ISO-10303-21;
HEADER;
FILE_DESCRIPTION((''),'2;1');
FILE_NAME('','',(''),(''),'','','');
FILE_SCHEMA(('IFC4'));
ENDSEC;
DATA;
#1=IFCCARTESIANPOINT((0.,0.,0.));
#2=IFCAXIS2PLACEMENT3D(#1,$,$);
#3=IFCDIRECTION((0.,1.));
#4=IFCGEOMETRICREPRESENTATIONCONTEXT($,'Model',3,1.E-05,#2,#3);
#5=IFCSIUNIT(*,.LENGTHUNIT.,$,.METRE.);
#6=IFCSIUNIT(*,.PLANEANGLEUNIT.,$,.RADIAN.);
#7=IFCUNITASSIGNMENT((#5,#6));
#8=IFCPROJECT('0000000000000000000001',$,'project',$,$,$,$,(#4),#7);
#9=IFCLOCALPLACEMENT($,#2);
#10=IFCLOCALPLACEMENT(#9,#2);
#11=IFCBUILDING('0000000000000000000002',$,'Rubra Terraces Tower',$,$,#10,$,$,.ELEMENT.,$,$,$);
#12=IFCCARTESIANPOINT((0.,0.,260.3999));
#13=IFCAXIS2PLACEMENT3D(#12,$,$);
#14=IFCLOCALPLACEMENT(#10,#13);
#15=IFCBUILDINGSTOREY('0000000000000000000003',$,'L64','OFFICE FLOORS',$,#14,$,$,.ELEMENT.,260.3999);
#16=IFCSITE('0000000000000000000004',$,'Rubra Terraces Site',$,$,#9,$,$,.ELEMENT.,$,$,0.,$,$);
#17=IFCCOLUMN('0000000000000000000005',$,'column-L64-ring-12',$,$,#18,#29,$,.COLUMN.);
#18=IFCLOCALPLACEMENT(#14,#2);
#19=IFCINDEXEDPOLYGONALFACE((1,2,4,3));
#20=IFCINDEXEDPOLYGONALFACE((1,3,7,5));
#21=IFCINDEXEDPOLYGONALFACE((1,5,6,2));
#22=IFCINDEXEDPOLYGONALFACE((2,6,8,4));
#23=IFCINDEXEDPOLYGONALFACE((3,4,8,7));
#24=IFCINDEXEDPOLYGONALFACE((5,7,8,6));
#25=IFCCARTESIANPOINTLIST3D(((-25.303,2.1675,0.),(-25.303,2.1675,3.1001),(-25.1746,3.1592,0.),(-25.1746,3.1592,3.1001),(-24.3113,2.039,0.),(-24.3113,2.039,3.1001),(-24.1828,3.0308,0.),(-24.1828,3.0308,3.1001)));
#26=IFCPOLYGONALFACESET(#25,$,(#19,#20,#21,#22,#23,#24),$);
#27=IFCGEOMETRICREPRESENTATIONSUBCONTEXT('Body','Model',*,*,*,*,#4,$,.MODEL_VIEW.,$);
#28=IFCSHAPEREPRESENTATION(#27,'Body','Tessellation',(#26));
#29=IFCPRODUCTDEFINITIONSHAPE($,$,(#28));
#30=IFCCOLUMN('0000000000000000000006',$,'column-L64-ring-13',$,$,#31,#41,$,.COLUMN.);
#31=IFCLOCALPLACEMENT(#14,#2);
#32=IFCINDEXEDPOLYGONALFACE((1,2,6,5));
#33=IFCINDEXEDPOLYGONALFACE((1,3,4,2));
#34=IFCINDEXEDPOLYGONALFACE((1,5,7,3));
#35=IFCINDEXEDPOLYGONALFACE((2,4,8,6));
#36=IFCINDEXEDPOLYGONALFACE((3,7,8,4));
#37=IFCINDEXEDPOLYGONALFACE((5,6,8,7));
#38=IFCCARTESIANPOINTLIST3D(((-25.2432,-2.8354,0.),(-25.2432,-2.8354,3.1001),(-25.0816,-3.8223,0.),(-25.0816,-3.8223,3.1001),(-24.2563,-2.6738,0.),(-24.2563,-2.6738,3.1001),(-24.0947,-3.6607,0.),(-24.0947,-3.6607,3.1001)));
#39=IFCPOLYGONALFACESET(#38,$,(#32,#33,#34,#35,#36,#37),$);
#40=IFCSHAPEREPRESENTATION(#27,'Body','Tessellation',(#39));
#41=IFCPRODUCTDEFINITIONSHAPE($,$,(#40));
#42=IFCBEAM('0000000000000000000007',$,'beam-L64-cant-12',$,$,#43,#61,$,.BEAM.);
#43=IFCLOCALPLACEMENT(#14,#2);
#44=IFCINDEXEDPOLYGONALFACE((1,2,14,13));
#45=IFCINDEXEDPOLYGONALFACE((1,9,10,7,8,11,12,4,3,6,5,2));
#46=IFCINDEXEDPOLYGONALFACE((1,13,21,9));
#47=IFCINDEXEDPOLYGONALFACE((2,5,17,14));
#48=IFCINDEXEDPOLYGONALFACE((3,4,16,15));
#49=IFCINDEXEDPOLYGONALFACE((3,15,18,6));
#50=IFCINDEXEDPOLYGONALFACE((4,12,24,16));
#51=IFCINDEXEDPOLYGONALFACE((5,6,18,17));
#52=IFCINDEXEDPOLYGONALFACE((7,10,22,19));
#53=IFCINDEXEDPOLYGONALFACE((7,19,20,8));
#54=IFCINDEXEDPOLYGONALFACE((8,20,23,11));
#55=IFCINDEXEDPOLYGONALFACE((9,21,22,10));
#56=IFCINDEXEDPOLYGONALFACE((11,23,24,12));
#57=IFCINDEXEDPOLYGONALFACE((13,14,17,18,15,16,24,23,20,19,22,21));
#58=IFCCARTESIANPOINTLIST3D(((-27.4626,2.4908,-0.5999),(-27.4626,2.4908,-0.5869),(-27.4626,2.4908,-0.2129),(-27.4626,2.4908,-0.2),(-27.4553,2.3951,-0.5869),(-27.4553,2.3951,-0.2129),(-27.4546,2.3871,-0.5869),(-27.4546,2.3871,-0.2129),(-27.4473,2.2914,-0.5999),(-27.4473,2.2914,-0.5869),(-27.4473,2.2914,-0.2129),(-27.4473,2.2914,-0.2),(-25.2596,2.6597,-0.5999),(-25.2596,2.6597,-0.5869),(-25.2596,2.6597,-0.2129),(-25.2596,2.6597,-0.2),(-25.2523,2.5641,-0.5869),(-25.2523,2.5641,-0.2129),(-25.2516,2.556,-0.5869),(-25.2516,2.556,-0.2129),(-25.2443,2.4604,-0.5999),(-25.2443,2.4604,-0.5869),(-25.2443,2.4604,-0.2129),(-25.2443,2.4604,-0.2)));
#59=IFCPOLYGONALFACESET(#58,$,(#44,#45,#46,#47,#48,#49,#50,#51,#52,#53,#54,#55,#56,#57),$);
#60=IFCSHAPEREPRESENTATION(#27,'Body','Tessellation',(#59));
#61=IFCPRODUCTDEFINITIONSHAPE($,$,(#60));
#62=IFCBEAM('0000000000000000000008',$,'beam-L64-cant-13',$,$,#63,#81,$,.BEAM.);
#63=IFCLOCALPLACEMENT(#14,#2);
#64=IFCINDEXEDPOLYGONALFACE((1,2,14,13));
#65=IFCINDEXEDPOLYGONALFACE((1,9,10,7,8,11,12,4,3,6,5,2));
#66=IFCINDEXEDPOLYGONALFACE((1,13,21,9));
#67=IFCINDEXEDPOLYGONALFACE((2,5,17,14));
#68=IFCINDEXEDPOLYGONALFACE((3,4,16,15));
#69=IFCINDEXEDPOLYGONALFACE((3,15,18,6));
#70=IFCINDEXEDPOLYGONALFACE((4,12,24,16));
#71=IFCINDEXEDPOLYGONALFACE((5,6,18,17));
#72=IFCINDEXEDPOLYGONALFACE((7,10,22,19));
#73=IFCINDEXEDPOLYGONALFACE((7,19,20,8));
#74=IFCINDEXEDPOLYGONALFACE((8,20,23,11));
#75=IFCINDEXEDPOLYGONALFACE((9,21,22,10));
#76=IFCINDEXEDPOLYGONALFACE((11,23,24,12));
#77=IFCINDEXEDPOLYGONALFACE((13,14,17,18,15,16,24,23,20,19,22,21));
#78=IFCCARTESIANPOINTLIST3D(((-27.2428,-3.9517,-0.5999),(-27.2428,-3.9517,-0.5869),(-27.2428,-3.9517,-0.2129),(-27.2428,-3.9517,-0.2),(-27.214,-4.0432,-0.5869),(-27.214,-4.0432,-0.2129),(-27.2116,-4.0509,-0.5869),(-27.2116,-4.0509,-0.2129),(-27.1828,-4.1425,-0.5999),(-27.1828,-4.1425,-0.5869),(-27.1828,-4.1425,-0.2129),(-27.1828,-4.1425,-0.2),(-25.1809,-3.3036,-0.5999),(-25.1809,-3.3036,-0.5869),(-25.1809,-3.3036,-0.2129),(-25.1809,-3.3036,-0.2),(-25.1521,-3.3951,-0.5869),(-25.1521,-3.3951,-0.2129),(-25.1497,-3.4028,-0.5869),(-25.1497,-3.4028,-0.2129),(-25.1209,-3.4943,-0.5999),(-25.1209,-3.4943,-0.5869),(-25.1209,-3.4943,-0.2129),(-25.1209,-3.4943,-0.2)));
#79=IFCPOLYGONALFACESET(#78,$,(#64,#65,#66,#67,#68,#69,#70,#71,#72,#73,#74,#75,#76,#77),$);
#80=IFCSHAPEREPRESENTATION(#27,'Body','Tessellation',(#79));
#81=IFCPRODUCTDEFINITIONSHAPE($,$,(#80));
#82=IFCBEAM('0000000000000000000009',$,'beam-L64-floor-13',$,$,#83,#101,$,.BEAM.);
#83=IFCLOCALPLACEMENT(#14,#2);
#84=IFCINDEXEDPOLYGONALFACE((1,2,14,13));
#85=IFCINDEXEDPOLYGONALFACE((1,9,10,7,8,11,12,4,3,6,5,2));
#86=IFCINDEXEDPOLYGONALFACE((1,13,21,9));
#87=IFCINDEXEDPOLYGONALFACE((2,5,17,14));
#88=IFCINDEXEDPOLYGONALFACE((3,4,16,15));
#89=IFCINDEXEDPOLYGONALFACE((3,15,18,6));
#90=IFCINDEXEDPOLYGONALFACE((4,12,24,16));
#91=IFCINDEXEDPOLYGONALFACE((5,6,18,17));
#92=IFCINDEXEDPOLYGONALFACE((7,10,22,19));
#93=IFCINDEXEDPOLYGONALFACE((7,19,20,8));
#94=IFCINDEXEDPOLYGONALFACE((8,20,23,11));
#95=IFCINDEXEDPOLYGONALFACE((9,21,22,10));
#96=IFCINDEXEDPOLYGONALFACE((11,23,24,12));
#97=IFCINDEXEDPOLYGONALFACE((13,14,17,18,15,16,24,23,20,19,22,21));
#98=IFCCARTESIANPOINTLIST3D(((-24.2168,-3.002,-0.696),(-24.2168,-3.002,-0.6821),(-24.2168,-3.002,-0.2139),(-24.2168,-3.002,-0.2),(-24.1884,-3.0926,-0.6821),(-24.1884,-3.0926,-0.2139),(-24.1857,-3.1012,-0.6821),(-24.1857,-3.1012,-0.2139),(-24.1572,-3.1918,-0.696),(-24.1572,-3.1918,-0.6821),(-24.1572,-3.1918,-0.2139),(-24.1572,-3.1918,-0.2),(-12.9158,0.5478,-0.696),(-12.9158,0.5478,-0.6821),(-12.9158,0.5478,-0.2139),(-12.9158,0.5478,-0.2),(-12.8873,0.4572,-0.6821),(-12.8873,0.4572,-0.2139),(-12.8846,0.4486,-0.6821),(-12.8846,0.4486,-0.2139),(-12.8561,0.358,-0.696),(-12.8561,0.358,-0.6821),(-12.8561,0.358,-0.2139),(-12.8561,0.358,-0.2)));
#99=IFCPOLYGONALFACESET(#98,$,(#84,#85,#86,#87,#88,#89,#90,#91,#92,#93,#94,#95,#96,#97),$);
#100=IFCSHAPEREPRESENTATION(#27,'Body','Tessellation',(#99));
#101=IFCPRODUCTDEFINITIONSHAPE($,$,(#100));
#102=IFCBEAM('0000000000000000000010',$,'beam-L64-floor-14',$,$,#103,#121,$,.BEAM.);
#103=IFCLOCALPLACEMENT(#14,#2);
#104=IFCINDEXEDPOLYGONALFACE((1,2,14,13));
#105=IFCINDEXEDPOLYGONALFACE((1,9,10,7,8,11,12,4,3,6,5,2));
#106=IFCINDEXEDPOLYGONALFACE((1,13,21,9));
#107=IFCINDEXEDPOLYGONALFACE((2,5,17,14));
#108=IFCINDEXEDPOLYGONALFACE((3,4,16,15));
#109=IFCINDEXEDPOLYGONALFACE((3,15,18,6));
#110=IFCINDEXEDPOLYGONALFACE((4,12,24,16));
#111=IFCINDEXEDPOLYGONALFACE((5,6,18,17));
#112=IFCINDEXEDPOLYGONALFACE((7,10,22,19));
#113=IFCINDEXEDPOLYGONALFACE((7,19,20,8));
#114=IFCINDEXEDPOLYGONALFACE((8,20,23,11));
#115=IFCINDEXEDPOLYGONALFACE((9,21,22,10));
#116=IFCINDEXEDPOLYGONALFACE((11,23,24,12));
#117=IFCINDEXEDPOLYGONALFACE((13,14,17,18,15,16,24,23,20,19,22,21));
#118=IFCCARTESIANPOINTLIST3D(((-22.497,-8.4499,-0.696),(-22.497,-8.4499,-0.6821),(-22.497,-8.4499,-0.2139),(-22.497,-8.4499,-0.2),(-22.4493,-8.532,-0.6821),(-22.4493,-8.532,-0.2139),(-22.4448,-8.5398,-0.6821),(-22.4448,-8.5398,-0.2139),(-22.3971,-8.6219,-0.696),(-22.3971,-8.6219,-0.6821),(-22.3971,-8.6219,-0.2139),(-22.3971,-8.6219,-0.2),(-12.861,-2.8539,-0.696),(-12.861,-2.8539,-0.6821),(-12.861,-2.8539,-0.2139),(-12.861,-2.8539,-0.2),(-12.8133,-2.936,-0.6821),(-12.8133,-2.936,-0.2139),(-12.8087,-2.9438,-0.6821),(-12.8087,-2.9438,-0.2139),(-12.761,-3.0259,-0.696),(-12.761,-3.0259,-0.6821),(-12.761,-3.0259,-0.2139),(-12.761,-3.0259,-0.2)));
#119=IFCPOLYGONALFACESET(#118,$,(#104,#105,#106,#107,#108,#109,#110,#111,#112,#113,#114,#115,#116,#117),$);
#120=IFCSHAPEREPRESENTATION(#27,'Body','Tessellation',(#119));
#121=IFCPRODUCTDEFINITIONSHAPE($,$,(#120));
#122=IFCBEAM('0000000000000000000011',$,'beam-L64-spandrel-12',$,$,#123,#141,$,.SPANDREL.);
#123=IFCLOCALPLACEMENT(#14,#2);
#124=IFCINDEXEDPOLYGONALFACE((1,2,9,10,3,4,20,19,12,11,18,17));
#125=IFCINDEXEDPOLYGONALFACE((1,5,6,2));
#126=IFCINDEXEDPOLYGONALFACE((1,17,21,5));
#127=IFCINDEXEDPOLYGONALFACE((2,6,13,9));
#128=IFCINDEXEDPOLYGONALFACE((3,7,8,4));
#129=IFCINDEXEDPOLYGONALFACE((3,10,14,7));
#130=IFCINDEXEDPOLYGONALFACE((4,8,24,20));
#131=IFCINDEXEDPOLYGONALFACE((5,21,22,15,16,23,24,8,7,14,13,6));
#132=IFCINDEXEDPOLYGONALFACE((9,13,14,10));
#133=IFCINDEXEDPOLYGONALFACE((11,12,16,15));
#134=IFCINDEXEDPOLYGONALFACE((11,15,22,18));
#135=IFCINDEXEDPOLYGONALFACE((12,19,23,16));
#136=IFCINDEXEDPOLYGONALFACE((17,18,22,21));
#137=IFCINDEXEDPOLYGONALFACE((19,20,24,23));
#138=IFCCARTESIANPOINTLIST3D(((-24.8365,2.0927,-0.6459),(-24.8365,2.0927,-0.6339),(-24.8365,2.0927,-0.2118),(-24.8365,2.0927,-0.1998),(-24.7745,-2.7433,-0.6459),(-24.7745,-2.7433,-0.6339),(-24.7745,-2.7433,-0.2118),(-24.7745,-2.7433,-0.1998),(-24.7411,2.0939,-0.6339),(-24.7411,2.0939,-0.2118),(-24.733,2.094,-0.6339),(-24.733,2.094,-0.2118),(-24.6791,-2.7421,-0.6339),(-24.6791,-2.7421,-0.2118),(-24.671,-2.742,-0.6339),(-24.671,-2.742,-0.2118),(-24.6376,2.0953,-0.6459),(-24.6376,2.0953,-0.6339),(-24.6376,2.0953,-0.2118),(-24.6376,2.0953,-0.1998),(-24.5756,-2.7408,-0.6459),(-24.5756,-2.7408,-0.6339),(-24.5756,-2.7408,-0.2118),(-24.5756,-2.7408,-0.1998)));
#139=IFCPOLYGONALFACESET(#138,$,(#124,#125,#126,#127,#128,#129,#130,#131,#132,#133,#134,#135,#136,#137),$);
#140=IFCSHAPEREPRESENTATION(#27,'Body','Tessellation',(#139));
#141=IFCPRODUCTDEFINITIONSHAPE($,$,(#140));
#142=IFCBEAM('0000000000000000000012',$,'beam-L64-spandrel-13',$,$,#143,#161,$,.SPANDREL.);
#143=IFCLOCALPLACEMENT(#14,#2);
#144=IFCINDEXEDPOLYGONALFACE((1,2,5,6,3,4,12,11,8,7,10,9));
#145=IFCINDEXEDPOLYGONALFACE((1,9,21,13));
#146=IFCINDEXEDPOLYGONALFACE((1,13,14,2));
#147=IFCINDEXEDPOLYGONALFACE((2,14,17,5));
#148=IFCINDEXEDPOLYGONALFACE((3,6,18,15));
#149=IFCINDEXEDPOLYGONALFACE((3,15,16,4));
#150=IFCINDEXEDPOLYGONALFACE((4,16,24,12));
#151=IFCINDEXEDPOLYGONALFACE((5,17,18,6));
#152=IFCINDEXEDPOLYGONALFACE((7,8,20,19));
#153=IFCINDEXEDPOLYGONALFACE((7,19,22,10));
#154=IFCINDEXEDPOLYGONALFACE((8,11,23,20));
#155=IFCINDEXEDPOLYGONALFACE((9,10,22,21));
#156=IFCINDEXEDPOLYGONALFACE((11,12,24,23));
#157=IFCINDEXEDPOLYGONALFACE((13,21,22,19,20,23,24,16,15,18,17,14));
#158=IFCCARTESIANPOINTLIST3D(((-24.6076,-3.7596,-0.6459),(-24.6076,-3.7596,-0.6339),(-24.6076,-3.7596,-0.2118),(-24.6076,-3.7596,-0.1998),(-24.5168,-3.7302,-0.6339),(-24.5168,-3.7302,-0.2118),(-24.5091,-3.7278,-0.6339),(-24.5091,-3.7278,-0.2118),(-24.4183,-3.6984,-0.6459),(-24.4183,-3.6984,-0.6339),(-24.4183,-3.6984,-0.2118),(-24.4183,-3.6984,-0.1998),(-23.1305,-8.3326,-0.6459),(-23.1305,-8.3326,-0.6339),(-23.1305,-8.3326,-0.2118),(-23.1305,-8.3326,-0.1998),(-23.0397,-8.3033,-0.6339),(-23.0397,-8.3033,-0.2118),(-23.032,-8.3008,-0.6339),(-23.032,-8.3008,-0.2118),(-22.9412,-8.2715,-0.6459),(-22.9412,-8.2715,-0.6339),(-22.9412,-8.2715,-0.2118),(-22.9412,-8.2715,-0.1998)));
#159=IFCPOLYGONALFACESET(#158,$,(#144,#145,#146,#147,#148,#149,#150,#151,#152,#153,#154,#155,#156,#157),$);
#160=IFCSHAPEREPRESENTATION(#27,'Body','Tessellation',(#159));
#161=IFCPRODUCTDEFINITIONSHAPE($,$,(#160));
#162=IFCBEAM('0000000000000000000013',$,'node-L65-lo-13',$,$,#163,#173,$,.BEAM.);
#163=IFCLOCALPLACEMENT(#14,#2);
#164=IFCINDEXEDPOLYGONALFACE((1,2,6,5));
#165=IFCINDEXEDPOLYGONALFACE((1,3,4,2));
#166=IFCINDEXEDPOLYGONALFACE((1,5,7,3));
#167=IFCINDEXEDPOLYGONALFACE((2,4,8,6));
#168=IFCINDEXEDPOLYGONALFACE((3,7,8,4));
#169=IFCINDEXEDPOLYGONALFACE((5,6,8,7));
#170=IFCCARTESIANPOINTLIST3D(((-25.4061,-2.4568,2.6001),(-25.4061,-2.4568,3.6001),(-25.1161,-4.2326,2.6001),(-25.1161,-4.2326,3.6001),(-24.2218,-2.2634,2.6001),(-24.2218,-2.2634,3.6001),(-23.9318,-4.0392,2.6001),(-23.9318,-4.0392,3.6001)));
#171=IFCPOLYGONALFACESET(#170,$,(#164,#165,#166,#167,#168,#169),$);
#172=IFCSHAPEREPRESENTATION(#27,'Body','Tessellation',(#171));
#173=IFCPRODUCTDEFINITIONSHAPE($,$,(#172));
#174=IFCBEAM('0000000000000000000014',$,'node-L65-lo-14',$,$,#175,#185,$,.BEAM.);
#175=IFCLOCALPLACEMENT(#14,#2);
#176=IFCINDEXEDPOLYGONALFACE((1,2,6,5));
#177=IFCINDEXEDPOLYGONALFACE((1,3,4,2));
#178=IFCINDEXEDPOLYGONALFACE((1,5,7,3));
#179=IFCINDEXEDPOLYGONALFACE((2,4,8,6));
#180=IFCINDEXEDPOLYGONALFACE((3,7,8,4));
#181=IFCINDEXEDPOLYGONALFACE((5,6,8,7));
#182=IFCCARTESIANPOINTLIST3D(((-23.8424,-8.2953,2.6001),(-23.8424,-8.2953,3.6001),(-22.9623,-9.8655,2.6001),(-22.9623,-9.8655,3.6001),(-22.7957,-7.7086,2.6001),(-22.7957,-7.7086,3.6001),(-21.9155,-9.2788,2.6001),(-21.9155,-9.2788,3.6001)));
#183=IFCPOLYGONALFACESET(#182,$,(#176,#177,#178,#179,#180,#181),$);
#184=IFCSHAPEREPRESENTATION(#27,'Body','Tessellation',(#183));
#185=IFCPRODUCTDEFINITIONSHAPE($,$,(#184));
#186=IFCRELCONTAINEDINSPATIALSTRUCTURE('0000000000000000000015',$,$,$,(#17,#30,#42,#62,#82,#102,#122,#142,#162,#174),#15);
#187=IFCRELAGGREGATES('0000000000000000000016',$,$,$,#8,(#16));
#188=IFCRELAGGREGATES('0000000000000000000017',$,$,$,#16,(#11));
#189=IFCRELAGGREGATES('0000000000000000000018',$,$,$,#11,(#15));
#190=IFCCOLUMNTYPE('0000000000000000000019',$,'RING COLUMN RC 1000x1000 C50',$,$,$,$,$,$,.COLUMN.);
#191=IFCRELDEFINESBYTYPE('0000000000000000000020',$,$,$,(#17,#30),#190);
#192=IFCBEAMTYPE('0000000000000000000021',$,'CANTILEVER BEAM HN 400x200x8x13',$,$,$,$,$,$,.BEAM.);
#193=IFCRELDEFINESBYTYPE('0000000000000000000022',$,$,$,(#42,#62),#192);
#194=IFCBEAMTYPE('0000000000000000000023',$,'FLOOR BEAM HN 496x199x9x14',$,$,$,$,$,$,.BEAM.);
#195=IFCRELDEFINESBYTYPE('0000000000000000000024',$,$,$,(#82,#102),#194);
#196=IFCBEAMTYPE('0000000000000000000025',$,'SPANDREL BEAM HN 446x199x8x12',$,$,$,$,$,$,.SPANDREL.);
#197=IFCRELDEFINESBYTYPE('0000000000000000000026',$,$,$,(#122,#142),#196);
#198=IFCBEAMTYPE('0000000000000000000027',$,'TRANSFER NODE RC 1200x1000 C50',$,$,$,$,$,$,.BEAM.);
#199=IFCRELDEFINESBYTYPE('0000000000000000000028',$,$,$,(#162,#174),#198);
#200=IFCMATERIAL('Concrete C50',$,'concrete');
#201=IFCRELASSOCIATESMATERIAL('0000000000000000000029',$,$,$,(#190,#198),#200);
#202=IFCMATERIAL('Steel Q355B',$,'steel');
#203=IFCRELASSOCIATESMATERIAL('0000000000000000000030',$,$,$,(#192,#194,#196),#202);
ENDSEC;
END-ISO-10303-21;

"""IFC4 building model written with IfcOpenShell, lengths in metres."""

from ifc_helpers import new_model, si_unit, direction, frame, origin, origin_2d, place, context, subcontext, project, spatial, rectangle, i_section, extrude, material, material_profile, profile_set, type_object, element, save


model = new_model("IFC4")

# Units and contexts
model_context = context("Model", 3, precision=1e-05, world=origin(), true_north=direction((0.0, 1.0)))
body_context = subcontext(model_context, "Body", "Model", "MODEL_VIEW")
ifc_project = project(units=[si_unit("LENGTHUNIT", "METRE"), si_unit("PLANEANGLEUNIT", "RADIAN")], contexts=[model_context])

# Site, building, storey
site_placement = place(None, origin())
site = spatial("IfcSite", under=ifc_project, at=site_placement, Name="Rubra Terraces Site", CompositionType="ELEMENT", RefElevation=0.0)
building_placement = place(site_placement, origin())
building = spatial("IfcBuilding", under=site, at=building_placement, Name="Rubra Terraces Tower", CompositionType="ELEMENT")
storey_placement = place(building_placement, frame((0.0, 0.0, 260.3999)))
storey = spatial("IfcBuildingStorey", under=building, at=storey_placement, Name="L64", Description="OFFICE FLOORS", CompositionType="ELEMENT", Elevation=260.3999)

# Columns
ifc_material_1 = material(Name="Concrete C50", Category="concrete")
ifc_material_profile_1 = material_profile(ifc_material_1, rectangle(XDim=1.0, YDim=1.0, at=origin_2d()), Name="RC 1000x1000")
ifc_profile_set_1 = profile_set([ifc_material_profile_1], Name="Concrete C50")
column_type = type_object("IfcColumnType", Name="RING COLUMN RC 1000x1000 C50", PredefinedType="COLUMN", material=ifc_profile_set_1)
for number, where, z_axis, x_axis, name in (
    (1, (-24.7429, 2.5991, 0.0), (0.0, 0.0, 1.0), (-0.128444, -0.991717, 0.0), "column-L64-ring-12"),
    (2, (-24.6689, -3.248, 0.0), (0.0, 0.0, 1.0), (0.161559, -0.986863, 0.0), "column-L64-ring-13"),
):
    element("IfcColumn", number, at=place(storey_placement, frame(where, z_axis=z_axis, x_axis=x_axis)), inside=storey, type_object=column_type, Name=name, PredefinedType="COLUMN", context=body_context, shape_type="SweptSolid", body=[
        extrude(rectangle(XDim=1.0, YDim=1.0, at=origin_2d()), origin(), (0.0, 0.0, 1.0), 3.1001),
    ])

# Beams
ifc_material_2 = material(Name="Steel Q355B", Category="steel")
ifc_material_profile_2 = material_profile(ifc_material_2, i_section(OverallWidth=0.2, OverallDepth=0.3999, WebThickness=0.0081, FlangeThickness=0.0129, at=origin_2d()), Name="HN 400x200x8x13")
ifc_profile_set_2 = profile_set([ifc_material_profile_2], Name="Steel Q355B")
beam_type_1 = type_object("IfcBeamType", Name="CANTILEVER BEAM HN 400x200x8x13", PredefinedType="BEAM", material=ifc_profile_set_2)
beam_1_placement = place(storey_placement, frame((-25.252, 2.5601, -0.3999), z_axis=(-0.997073, -0.07646, 0.0), x_axis=(0.07646, -0.997073, 0.0)))
element("IfcBeam", 3, at=beam_1_placement, inside=storey, type_object=beam_type_1, Name="beam-L64-cant-12", PredefinedType="BEAM", context=body_context, shape_type="SweptSolid", body=[
    extrude(i_section(OverallWidth=0.2, OverallDepth=0.3999, WebThickness=0.0081, FlangeThickness=0.0129, at=origin_2d()), origin(), (0.0, 0.0, 1.0), 2.2095),
])
beam_2_placement = place(storey_placement, frame((-25.1509, -3.3989, -0.3999), z_axis=(-0.953976, -0.299882, 0.0), x_axis=(0.299882, -0.953976, 0.0)))
element("IfcBeam", 4, at=beam_2_placement, inside=storey, type_object=beam_type_1, Name="beam-L64-cant-13", PredefinedType="BEAM", context=body_context, shape_type="SweptSolid", body=[
    extrude(i_section(OverallWidth=0.2, OverallDepth=0.3999, WebThickness=0.0081, FlangeThickness=0.0129, at=origin_2d()), origin(), (0.0, 0.0, 1.0), 2.1614),
])
ifc_material_profile_3 = material_profile(ifc_material_2, i_section(OverallWidth=0.199, OverallDepth=0.4961, WebThickness=0.009, FlangeThickness=0.0139, at=origin_2d()), Name="HN 496x199x9x14")
ifc_profile_set_3 = profile_set([ifc_material_profile_3], Name="Steel Q355B")
beam_type_2 = type_object("IfcBeamType", Name="FLOOR BEAM HN 496x199x9x14", PredefinedType="BEAM", material=ifc_profile_set_3)
beam_3_placement = place(storey_placement, frame((-24.187, -3.0969, -0.448), z_axis=(0.954041, 0.299677, 0.0), x_axis=(-0.299677, 0.954041, 0.0)))
element("IfcBeam", 5, at=beam_3_placement, inside=storey, type_object=beam_type_2, Name="beam-L64-floor-13", PredefinedType="BEAM", context=body_context, shape_type="SweptSolid", body=[
    extrude(i_section(OverallWidth=0.199, OverallDepth=0.4961, WebThickness=0.009, FlangeThickness=0.0139, at=origin_2d()), origin(), (0.0, 0.0, 1.0), 11.8455),
])
beam_4_placement = place(storey_placement, frame((-22.447, -8.5359, -0.448), z_axis=(0.864755, 0.502193, 0.0), x_axis=(-0.502193, 0.864755, 0.0)))
element("IfcBeam", 6, at=beam_4_placement, inside=storey, type_object=beam_type_2, Name="beam-L64-floor-14", PredefinedType="BEAM", context=body_context, shape_type="SweptSolid", body=[
    extrude(i_section(OverallWidth=0.199, OverallDepth=0.4961, WebThickness=0.009, FlangeThickness=0.0139, at=origin_2d()), origin(), (0.0, 0.0, 1.0), 11.1431),
])
ifc_material_profile_4 = material_profile(ifc_material_2, i_section(OverallWidth=0.199, OverallDepth=0.446, WebThickness=0.0081, FlangeThickness=0.012, at=origin_2d()), Name="HN 446x199x8x12")
ifc_profile_set_4 = profile_set([ifc_material_profile_4], Name="Steel Q355B")
beam_type_3 = type_object("IfcBeamType", Name="SPANDREL BEAM HN 446x199x8x12", PredefinedType="SPANDREL", material=ifc_profile_set_4)
beam_5_placement = place(storey_placement, frame((-24.7371, 2.094, -0.4229), z_axis=(0.012822, -0.999918, 0.0), x_axis=(0.999918, 0.012822, 0.0)))
element("IfcBeam", 7, at=beam_5_placement, inside=storey, type_object=beam_type_3, Name="beam-L64-spandrel-12", PredefinedType="SPANDREL", context=body_context, shape_type="SweptSolid", body=[
    extrude(i_section(OverallWidth=0.199, OverallDepth=0.446, WebThickness=0.0081, FlangeThickness=0.012, at=origin_2d()), origin(), (0.0, 0.0, 1.0), 4.8364),
])
beam_6_placement = place(storey_placement, frame((-24.5129, -3.729, -0.4229), z_axis=(0.307359, -0.951594, 0.0), x_axis=(0.951594, 0.307359, 0.0)))
element("IfcBeam", 8, at=beam_6_placement, inside=storey, type_object=beam_type_3, Name="beam-L64-spandrel-13", PredefinedType="SPANDREL", context=body_context, shape_type="SweptSolid", body=[
    extrude(i_section(OverallWidth=0.199, OverallDepth=0.446, WebThickness=0.0081, FlangeThickness=0.012, at=origin_2d()), origin(), (0.0, 0.0, 1.0), 4.8057),
])
ifc_material_profile_5 = material_profile(ifc_material_1, rectangle(XDim=1.2, YDim=1.0, at=origin_2d()), Name="RC 1200x1000")
ifc_profile_set_5 = profile_set([ifc_material_profile_5], Name="Concrete C50")
beam_type_4 = type_object("IfcBeamType", Name="TRANSFER NODE RC 1200x1000 C50", PredefinedType="BEAM", material=ifc_profile_set_5)
beam_7_placement = place(storey_placement, frame((-24.814, -2.3601, 3.1001), z_axis=(0.161186, -0.986924, 0.0), x_axis=(0.986924, 0.161186, 0.0)))
element("IfcBeam", 9, at=beam_7_placement, inside=storey, type_object=beam_type_4, Name="node-L65-lo-13", PredefinedType="BEAM", context=body_context, shape_type="SweptSolid", body=[
    extrude(rectangle(XDim=1.2, YDim=1.0, at=origin_2d()), origin(), (0.0, 0.0, 1.0), 1.7993),
])
beam_8_placement = place(storey_placement, frame((-23.3191, -8.002, 3.1001), z_axis=(0.488979, -0.872295, 0.0), x_axis=(0.872295, 0.488979, 0.0)))
element("IfcBeam", 10, at=beam_8_placement, inside=storey, type_object=beam_type_4, Name="node-L65-lo-14", PredefinedType="BEAM", context=body_context, shape_type="SweptSolid", body=[
    extrude(rectangle(XDim=1.2, YDim=1.0, at=origin_2d()), origin(), (0.0, 0.0, 1.0), 1.8),
])

save(model, "model.ifc")
